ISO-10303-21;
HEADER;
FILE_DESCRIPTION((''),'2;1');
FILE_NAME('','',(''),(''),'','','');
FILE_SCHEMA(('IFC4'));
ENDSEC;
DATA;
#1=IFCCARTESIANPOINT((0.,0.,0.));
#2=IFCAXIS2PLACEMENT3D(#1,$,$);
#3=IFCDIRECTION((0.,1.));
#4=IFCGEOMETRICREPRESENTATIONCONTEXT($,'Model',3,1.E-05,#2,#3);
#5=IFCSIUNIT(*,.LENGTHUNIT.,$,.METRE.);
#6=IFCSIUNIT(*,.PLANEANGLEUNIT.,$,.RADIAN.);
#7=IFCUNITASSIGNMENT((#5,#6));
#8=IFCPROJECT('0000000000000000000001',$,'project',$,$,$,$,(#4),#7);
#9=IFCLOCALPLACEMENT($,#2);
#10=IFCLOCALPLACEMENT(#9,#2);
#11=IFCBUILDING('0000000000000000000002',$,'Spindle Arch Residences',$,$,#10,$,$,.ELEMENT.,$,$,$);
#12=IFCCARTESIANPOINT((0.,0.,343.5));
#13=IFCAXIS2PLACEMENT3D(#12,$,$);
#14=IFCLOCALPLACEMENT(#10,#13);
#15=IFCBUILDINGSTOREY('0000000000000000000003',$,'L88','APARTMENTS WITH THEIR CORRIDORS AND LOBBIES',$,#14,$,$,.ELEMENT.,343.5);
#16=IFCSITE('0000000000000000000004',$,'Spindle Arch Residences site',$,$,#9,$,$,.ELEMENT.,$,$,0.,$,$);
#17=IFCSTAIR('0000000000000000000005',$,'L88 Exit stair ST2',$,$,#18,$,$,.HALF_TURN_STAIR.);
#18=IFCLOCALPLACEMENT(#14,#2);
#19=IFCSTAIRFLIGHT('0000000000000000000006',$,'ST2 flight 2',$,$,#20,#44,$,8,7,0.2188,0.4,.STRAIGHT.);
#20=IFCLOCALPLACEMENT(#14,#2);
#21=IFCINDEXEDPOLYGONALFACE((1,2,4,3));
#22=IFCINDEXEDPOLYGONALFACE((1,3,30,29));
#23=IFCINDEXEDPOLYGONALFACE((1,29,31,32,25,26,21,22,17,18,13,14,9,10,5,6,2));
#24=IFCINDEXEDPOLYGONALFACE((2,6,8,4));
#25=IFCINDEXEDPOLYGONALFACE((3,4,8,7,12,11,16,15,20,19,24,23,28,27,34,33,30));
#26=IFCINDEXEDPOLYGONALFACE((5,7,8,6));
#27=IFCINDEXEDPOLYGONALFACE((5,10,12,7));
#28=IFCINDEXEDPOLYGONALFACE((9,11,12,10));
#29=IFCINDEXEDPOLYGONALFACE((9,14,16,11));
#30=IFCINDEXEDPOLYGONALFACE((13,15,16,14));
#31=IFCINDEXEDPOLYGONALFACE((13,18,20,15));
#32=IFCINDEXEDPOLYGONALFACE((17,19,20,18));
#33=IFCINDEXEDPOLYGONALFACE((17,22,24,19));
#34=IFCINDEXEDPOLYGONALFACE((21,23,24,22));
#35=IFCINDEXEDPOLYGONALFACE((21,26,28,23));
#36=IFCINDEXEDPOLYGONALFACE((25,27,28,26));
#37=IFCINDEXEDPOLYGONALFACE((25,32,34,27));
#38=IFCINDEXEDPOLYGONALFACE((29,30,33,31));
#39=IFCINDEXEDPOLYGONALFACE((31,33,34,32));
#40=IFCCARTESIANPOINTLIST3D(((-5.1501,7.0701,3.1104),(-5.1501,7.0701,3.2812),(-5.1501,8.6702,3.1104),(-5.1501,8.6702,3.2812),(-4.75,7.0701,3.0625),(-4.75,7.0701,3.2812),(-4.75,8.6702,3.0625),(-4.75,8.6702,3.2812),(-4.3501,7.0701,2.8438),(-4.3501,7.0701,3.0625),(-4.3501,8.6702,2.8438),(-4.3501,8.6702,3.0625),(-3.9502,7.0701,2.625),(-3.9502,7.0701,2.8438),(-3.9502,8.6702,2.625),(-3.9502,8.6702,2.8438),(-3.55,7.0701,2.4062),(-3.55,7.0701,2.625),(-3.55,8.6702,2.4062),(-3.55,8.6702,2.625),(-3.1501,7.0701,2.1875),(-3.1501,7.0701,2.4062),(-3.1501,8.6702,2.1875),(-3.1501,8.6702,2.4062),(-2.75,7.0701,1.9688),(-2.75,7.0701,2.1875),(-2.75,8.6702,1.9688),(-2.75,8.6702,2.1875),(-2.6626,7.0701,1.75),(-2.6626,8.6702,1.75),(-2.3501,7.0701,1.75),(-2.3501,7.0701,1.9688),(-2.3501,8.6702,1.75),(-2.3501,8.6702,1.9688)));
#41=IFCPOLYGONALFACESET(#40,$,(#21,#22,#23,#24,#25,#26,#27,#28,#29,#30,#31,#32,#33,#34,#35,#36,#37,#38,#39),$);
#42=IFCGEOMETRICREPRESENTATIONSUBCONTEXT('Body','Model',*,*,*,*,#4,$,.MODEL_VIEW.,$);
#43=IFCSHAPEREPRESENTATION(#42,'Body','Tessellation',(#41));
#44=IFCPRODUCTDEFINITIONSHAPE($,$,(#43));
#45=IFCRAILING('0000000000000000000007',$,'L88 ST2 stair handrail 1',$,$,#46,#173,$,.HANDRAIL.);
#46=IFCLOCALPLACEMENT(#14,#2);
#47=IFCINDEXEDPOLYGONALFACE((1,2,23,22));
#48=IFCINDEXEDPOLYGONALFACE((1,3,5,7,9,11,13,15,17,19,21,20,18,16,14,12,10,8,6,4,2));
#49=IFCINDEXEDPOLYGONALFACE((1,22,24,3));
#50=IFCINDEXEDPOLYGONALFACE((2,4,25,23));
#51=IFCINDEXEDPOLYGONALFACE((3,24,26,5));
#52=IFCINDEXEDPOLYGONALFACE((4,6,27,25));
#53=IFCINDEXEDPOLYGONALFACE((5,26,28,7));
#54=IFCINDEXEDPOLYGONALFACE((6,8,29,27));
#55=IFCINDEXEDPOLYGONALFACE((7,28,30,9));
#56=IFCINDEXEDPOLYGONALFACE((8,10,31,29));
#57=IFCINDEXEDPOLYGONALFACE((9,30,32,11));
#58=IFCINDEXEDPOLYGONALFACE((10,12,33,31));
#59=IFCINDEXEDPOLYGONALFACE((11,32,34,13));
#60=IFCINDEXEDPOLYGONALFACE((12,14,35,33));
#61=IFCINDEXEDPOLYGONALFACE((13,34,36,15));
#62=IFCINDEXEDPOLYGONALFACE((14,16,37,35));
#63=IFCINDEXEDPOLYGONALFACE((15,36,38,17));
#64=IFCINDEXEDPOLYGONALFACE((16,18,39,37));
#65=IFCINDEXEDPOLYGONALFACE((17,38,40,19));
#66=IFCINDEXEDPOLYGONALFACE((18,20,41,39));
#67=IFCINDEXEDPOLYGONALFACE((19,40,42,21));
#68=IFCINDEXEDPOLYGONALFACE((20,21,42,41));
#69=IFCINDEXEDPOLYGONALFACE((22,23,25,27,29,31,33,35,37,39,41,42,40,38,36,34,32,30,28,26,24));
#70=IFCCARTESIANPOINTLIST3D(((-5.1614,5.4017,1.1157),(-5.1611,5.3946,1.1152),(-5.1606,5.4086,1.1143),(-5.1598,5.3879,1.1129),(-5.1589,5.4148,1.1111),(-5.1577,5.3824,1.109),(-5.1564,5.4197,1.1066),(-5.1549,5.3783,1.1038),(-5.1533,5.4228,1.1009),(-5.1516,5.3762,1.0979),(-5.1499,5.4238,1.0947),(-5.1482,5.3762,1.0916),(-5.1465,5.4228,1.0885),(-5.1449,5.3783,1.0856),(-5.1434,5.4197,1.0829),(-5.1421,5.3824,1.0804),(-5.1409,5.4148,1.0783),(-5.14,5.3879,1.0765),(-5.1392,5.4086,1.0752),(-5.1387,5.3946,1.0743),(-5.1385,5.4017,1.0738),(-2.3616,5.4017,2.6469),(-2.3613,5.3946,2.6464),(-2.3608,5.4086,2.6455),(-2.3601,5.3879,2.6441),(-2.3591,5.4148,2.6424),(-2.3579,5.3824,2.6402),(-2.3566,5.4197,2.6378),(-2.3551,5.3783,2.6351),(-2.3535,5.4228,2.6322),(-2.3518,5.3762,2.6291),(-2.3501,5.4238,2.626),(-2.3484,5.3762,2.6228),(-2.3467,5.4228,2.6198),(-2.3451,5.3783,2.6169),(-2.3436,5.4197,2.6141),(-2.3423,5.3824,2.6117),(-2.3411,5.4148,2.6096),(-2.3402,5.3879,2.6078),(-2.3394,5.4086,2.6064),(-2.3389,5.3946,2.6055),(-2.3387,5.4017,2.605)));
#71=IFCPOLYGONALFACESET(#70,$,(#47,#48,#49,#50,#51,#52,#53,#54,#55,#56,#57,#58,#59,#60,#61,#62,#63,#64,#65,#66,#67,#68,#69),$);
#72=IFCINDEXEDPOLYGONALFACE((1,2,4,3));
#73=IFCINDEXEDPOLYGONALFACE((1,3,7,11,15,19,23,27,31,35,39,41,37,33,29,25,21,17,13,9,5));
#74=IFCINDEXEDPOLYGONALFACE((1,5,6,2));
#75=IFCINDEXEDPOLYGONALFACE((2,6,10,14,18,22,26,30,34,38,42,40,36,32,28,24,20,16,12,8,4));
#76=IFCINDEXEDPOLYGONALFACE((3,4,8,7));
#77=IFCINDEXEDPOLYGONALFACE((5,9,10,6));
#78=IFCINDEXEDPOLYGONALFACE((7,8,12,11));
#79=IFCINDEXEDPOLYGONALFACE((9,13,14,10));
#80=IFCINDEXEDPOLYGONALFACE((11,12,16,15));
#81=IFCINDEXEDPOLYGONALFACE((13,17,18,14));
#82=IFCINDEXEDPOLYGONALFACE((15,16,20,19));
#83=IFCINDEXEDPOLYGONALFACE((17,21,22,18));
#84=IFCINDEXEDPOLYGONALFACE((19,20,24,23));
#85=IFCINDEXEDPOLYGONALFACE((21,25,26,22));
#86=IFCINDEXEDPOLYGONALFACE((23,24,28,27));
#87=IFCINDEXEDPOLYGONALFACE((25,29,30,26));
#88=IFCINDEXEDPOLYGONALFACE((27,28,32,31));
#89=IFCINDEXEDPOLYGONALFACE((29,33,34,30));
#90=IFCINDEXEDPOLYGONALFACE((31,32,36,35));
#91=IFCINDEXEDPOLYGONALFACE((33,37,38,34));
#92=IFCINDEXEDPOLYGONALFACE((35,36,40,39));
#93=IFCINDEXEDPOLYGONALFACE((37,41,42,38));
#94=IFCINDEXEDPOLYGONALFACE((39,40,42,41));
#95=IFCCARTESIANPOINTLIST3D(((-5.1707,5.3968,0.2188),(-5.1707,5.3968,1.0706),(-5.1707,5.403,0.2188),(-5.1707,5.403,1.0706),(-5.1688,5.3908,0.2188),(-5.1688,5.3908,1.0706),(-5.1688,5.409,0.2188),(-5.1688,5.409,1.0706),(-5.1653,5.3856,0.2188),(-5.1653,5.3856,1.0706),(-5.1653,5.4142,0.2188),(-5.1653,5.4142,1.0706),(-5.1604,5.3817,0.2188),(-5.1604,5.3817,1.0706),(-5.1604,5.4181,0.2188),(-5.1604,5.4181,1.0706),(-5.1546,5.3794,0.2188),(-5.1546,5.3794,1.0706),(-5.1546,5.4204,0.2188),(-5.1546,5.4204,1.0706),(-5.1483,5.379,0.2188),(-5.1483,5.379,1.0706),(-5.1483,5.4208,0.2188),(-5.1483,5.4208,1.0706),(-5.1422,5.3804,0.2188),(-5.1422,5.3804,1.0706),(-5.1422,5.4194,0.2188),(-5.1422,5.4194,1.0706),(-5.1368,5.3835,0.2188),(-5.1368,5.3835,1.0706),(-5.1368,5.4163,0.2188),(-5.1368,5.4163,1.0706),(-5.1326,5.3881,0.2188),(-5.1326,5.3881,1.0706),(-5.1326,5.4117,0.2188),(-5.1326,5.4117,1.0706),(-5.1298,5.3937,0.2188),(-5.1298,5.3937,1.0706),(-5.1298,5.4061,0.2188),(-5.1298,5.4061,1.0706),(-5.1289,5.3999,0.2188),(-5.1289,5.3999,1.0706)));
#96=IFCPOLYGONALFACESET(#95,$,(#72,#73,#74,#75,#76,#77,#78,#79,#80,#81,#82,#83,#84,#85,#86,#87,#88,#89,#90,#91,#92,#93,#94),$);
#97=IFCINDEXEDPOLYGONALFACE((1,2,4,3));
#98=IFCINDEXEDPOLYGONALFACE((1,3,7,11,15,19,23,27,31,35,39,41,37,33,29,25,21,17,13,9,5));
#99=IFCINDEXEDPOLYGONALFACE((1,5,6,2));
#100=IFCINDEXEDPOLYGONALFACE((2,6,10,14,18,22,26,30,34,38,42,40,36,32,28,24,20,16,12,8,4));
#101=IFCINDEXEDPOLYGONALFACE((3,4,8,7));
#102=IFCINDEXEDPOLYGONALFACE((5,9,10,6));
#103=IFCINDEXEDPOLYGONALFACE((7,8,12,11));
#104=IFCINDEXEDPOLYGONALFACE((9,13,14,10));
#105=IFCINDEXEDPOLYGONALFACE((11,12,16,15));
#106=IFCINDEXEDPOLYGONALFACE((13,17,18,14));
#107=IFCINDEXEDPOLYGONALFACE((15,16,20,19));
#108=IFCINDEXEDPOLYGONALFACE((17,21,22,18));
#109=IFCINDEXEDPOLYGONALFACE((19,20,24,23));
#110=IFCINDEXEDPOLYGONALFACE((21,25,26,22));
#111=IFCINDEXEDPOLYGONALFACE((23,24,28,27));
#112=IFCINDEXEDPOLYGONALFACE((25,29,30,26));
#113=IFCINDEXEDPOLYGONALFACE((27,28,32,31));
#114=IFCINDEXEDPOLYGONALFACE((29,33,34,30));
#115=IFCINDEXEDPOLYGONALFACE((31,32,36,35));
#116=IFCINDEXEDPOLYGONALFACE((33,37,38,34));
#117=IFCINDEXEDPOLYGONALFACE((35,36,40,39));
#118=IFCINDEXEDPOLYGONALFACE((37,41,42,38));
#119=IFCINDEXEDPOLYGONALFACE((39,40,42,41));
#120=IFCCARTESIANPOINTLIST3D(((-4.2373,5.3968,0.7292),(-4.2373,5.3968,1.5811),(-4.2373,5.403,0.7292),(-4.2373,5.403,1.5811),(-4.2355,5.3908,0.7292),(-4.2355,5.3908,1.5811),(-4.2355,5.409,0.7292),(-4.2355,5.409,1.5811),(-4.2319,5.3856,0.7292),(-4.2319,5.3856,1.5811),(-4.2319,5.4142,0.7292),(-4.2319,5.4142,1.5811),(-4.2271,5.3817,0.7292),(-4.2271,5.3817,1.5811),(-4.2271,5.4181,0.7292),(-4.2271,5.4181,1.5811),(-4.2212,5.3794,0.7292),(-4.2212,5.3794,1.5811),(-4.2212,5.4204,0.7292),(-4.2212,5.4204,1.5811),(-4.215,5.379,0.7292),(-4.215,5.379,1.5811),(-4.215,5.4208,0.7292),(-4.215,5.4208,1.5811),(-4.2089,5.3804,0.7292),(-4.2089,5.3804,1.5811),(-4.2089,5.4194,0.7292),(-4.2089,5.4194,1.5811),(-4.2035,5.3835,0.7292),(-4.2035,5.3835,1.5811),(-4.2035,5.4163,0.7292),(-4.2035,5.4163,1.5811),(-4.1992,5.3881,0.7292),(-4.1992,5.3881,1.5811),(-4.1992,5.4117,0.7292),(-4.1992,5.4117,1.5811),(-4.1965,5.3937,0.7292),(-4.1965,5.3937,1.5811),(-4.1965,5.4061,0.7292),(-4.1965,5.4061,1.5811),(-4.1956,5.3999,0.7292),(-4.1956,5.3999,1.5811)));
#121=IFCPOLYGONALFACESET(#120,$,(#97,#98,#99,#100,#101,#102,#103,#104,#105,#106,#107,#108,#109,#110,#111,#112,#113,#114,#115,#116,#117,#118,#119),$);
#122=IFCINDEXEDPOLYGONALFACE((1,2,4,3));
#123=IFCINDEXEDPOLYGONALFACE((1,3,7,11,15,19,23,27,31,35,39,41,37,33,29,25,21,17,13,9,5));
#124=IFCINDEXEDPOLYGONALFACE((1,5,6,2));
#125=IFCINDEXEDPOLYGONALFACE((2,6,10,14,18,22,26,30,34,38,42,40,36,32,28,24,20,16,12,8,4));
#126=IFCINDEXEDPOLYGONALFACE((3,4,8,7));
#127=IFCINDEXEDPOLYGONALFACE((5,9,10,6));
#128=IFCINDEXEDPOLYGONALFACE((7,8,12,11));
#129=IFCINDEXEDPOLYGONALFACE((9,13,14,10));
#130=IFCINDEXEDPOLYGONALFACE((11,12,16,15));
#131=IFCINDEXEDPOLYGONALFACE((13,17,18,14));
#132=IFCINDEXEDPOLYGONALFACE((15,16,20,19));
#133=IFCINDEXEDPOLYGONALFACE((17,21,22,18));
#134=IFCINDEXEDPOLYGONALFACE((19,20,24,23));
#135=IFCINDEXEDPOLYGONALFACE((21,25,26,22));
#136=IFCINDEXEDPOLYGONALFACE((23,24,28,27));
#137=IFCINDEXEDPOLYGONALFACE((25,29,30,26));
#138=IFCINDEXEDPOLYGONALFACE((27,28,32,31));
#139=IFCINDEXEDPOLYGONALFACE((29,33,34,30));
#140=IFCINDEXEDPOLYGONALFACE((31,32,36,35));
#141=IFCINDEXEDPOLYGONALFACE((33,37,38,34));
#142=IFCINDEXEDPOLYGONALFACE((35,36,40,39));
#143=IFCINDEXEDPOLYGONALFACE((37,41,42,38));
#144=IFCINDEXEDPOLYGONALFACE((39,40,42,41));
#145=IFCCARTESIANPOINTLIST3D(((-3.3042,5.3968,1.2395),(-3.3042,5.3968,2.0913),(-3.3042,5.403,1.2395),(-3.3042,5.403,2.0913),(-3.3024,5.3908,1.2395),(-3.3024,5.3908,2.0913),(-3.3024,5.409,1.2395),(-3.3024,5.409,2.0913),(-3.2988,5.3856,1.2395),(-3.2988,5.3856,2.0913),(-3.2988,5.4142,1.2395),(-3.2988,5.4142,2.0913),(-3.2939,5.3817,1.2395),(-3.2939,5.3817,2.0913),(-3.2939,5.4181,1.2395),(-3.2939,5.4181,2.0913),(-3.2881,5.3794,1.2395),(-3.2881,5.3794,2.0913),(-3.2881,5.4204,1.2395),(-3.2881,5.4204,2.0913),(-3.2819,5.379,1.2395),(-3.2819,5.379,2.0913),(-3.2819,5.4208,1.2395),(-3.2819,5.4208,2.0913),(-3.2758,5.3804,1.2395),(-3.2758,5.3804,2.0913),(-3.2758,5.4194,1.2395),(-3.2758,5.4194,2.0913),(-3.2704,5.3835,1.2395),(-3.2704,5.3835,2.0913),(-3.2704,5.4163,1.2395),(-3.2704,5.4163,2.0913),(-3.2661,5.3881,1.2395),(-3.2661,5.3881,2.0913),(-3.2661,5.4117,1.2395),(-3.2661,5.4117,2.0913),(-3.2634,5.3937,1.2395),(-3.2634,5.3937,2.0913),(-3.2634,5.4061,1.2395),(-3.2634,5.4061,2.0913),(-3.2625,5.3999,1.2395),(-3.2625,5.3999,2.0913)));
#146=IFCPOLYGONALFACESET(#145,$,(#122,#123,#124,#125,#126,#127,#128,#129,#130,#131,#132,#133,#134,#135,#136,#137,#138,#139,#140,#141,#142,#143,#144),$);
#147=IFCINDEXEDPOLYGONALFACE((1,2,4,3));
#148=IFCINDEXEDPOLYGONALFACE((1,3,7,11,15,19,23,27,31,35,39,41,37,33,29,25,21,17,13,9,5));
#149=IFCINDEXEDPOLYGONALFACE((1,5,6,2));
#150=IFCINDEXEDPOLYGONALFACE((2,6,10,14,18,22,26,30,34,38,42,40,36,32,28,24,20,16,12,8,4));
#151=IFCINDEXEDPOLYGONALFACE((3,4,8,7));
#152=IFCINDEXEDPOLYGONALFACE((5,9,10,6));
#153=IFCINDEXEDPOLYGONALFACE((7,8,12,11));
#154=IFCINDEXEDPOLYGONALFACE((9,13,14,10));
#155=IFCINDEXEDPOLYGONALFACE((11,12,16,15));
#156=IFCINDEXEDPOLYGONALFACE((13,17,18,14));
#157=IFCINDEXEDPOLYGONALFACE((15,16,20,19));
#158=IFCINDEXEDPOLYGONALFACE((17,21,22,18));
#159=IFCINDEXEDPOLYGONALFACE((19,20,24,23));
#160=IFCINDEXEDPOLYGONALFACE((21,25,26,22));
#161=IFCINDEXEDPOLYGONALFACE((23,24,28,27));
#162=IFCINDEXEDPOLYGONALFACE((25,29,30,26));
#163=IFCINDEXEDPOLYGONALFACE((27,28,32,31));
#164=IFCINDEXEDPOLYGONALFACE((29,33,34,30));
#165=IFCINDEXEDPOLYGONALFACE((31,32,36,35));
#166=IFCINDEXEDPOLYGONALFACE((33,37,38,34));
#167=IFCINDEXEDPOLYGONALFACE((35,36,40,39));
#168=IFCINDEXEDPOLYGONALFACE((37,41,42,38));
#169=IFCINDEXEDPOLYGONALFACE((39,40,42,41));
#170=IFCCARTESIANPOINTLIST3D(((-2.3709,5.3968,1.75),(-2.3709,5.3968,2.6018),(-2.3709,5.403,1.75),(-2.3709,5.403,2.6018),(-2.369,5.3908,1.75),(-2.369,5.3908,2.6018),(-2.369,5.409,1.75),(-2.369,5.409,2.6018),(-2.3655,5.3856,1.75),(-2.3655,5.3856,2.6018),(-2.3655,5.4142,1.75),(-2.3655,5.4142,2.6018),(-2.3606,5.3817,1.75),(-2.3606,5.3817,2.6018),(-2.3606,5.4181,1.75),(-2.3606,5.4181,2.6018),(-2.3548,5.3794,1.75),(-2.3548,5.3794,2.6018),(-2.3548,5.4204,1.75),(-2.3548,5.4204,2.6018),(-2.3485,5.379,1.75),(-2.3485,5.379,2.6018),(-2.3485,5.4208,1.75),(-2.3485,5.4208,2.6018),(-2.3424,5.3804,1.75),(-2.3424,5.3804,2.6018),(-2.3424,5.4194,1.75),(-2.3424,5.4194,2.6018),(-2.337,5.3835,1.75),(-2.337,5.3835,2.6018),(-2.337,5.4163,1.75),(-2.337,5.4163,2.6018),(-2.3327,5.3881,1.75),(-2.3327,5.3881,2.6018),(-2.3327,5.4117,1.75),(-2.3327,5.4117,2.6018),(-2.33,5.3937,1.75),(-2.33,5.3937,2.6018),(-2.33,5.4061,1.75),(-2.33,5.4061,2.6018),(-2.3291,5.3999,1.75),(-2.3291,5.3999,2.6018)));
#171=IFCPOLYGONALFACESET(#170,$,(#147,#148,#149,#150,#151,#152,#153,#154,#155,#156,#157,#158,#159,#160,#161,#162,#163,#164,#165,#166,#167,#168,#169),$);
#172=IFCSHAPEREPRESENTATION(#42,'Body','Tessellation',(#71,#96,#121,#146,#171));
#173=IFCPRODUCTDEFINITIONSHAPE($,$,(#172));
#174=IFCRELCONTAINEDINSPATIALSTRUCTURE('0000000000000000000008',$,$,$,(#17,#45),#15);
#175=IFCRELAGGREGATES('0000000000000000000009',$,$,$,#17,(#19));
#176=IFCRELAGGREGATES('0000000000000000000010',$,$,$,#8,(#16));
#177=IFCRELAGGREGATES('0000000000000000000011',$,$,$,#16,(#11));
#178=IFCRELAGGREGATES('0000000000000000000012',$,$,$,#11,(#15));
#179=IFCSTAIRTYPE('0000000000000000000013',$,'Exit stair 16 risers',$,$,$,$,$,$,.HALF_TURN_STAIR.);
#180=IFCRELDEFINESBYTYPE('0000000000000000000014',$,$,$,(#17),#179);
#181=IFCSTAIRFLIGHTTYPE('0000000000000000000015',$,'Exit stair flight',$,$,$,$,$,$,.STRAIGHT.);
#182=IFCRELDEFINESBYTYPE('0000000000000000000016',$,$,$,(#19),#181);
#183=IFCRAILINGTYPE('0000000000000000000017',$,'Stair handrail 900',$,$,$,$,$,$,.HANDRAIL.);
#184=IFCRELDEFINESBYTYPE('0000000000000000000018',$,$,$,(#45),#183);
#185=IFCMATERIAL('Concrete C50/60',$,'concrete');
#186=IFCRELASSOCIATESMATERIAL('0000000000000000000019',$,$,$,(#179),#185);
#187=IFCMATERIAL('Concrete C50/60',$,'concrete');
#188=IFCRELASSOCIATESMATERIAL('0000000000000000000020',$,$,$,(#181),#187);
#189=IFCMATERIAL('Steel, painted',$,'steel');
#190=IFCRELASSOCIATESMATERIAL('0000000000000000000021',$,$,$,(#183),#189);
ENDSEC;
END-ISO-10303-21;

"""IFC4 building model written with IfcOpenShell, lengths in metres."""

from ifc_helpers import new_model, si_unit, direction, frame, origin, origin_2d, place, context, subcontext, project, spatial, polyline, circle, outline, extrude, material, type_object, element, aggregate, save


model = new_model("IFC4")

# Units and contexts
model_context = context("Model", 3, precision=1e-05, world=origin(), true_north=direction((0.0, 1.0)))
body_context = subcontext(model_context, "Body", "Model", "MODEL_VIEW")
ifc_project = project(units=[si_unit("LENGTHUNIT", "METRE"), si_unit("PLANEANGLEUNIT", "RADIAN")], contexts=[model_context])

# Site, building, storey
site_placement = place(None, origin())
site = spatial("IfcSite", under=ifc_project, at=site_placement, Name="Spindle Arch Residences site", CompositionType="ELEMENT", RefElevation=0.0)
building_placement = place(site_placement, origin())
building = spatial("IfcBuilding", under=site, at=building_placement, Name="Spindle Arch Residences", CompositionType="ELEMENT")
storey_placement = place(building_placement, frame((0.0, 0.0, 343.5)))
storey = spatial("IfcBuildingStorey", under=building, at=storey_placement, Name="L88", Description="APARTMENTS WITH THEIR CORRIDORS AND LOBBIES", CompositionType="ELEMENT", Elevation=343.5)

# Stair, stair flight
ifc_material_1 = material(Name="Concrete C50/60", Category="concrete")
stair_type = type_object("IfcStairType", Name="Exit stair 16 risers", PredefinedType="HALF_TURN_STAIR", material=ifc_material_1)
stair_placement = place(storey_placement, origin())
stair = element("IfcStair", 1, at=stair_placement, inside=storey, type_object=stair_type, Name="L88 Exit stair ST2", PredefinedType="HALF_TURN_STAIR")
ifc_material_2 = material(Name="Concrete C50/60", Category="concrete")
stair_flight_type = type_object("IfcStairFlightType", Name="Exit stair flight", PredefinedType="STRAIGHT", material=ifc_material_2)
stair_flight_1_placement = place(storey_placement, frame((-2.3501, 7.8701, 1.75), z_axis=(0.0, 0.0, 1.0), x_axis=(-1.0, 0.0, 0.0)))
stair_flight_1 = element("IfcStairFlight", 2, at=stair_flight_1_placement, type_object=stair_flight_type, Name="ST2 flight 2", NumberOfRisers=8, NumberOfTreads=7, PredefinedType="STRAIGHT", RiserHeight=0.2188, TreadLength=0.4, context=body_context, shape_type="SweptSolid", body=[
    extrude(outline(polyline([(0.0, 0.0), (0.0, 0.2188), (0.3999, 0.2188), (0.3999, 0.4375), (0.8, 0.4375), (0.8, 0.6562), (1.2, 0.6562), (1.2, 0.875), (1.6001, 0.875), (1.6001, 1.0938), (2.0, 1.0938), (2.0, 1.3125), (2.3999, 1.3125), (2.3999, 1.5312), (2.8, 1.5312), (2.8, 1.75), (2.8, 1.3604), (0.3125, 0.0), (0.0, 0.0)])), frame((0.0, 0.8, 0.0), z_axis=(0.0, -1.0, 0.0), x_axis=(1.0, 0.0, 0.0)), (0.0, 0.0, 1.0), 1.6001),
])
aggregate(stair, [stair_flight_1])

# Railing
ifc_material_3 = material(Name="Steel, painted", Category="steel")
railing_type_1 = type_object("IfcRailingType", Name="Stair handrail 900", PredefinedType="HANDRAIL", material=ifc_material_3)
railing_1_placement = place(storey_placement, frame((-5.1499, 5.3999, 0.2188)))
element("IfcRailing", 3, at=railing_1_placement, inside=storey, type_object=railing_type_1, Name="L88 ST2 stair handrail 1", PredefinedType="HANDRAIL", context=body_context, shape_type="SweptSolid", body=[
    extrude(circle(Radius=0.0239, at=origin_2d()), frame((0.0, 0.0, 0.876), z_axis=(0.877357, 0.0, 0.479838), x_axis=(0.0, 1.0, 0.0)), (0.0, 0.0, 1.0), 3.1912),
    extrude(circle(Radius=0.021, at=origin_2d()), origin(), (0.0, 0.0, 1.0), 0.8518),
    extrude(circle(Radius=0.021, at=origin_2d()), frame((0.9333, 0.0, 0.5105)), (0.0, 0.0, 1.0), 0.8518),
    extrude(circle(Radius=0.021, at=origin_2d()), frame((1.8665, 0.0, 1.0208)), (0.0, 0.0, 1.0), 0.8518),
    extrude(circle(Radius=0.021, at=origin_2d()), frame((2.7998, 0.0, 1.5312)), (0.0, 0.0, 1.0), 0.8518),
])

save(model, "model.ifc")
